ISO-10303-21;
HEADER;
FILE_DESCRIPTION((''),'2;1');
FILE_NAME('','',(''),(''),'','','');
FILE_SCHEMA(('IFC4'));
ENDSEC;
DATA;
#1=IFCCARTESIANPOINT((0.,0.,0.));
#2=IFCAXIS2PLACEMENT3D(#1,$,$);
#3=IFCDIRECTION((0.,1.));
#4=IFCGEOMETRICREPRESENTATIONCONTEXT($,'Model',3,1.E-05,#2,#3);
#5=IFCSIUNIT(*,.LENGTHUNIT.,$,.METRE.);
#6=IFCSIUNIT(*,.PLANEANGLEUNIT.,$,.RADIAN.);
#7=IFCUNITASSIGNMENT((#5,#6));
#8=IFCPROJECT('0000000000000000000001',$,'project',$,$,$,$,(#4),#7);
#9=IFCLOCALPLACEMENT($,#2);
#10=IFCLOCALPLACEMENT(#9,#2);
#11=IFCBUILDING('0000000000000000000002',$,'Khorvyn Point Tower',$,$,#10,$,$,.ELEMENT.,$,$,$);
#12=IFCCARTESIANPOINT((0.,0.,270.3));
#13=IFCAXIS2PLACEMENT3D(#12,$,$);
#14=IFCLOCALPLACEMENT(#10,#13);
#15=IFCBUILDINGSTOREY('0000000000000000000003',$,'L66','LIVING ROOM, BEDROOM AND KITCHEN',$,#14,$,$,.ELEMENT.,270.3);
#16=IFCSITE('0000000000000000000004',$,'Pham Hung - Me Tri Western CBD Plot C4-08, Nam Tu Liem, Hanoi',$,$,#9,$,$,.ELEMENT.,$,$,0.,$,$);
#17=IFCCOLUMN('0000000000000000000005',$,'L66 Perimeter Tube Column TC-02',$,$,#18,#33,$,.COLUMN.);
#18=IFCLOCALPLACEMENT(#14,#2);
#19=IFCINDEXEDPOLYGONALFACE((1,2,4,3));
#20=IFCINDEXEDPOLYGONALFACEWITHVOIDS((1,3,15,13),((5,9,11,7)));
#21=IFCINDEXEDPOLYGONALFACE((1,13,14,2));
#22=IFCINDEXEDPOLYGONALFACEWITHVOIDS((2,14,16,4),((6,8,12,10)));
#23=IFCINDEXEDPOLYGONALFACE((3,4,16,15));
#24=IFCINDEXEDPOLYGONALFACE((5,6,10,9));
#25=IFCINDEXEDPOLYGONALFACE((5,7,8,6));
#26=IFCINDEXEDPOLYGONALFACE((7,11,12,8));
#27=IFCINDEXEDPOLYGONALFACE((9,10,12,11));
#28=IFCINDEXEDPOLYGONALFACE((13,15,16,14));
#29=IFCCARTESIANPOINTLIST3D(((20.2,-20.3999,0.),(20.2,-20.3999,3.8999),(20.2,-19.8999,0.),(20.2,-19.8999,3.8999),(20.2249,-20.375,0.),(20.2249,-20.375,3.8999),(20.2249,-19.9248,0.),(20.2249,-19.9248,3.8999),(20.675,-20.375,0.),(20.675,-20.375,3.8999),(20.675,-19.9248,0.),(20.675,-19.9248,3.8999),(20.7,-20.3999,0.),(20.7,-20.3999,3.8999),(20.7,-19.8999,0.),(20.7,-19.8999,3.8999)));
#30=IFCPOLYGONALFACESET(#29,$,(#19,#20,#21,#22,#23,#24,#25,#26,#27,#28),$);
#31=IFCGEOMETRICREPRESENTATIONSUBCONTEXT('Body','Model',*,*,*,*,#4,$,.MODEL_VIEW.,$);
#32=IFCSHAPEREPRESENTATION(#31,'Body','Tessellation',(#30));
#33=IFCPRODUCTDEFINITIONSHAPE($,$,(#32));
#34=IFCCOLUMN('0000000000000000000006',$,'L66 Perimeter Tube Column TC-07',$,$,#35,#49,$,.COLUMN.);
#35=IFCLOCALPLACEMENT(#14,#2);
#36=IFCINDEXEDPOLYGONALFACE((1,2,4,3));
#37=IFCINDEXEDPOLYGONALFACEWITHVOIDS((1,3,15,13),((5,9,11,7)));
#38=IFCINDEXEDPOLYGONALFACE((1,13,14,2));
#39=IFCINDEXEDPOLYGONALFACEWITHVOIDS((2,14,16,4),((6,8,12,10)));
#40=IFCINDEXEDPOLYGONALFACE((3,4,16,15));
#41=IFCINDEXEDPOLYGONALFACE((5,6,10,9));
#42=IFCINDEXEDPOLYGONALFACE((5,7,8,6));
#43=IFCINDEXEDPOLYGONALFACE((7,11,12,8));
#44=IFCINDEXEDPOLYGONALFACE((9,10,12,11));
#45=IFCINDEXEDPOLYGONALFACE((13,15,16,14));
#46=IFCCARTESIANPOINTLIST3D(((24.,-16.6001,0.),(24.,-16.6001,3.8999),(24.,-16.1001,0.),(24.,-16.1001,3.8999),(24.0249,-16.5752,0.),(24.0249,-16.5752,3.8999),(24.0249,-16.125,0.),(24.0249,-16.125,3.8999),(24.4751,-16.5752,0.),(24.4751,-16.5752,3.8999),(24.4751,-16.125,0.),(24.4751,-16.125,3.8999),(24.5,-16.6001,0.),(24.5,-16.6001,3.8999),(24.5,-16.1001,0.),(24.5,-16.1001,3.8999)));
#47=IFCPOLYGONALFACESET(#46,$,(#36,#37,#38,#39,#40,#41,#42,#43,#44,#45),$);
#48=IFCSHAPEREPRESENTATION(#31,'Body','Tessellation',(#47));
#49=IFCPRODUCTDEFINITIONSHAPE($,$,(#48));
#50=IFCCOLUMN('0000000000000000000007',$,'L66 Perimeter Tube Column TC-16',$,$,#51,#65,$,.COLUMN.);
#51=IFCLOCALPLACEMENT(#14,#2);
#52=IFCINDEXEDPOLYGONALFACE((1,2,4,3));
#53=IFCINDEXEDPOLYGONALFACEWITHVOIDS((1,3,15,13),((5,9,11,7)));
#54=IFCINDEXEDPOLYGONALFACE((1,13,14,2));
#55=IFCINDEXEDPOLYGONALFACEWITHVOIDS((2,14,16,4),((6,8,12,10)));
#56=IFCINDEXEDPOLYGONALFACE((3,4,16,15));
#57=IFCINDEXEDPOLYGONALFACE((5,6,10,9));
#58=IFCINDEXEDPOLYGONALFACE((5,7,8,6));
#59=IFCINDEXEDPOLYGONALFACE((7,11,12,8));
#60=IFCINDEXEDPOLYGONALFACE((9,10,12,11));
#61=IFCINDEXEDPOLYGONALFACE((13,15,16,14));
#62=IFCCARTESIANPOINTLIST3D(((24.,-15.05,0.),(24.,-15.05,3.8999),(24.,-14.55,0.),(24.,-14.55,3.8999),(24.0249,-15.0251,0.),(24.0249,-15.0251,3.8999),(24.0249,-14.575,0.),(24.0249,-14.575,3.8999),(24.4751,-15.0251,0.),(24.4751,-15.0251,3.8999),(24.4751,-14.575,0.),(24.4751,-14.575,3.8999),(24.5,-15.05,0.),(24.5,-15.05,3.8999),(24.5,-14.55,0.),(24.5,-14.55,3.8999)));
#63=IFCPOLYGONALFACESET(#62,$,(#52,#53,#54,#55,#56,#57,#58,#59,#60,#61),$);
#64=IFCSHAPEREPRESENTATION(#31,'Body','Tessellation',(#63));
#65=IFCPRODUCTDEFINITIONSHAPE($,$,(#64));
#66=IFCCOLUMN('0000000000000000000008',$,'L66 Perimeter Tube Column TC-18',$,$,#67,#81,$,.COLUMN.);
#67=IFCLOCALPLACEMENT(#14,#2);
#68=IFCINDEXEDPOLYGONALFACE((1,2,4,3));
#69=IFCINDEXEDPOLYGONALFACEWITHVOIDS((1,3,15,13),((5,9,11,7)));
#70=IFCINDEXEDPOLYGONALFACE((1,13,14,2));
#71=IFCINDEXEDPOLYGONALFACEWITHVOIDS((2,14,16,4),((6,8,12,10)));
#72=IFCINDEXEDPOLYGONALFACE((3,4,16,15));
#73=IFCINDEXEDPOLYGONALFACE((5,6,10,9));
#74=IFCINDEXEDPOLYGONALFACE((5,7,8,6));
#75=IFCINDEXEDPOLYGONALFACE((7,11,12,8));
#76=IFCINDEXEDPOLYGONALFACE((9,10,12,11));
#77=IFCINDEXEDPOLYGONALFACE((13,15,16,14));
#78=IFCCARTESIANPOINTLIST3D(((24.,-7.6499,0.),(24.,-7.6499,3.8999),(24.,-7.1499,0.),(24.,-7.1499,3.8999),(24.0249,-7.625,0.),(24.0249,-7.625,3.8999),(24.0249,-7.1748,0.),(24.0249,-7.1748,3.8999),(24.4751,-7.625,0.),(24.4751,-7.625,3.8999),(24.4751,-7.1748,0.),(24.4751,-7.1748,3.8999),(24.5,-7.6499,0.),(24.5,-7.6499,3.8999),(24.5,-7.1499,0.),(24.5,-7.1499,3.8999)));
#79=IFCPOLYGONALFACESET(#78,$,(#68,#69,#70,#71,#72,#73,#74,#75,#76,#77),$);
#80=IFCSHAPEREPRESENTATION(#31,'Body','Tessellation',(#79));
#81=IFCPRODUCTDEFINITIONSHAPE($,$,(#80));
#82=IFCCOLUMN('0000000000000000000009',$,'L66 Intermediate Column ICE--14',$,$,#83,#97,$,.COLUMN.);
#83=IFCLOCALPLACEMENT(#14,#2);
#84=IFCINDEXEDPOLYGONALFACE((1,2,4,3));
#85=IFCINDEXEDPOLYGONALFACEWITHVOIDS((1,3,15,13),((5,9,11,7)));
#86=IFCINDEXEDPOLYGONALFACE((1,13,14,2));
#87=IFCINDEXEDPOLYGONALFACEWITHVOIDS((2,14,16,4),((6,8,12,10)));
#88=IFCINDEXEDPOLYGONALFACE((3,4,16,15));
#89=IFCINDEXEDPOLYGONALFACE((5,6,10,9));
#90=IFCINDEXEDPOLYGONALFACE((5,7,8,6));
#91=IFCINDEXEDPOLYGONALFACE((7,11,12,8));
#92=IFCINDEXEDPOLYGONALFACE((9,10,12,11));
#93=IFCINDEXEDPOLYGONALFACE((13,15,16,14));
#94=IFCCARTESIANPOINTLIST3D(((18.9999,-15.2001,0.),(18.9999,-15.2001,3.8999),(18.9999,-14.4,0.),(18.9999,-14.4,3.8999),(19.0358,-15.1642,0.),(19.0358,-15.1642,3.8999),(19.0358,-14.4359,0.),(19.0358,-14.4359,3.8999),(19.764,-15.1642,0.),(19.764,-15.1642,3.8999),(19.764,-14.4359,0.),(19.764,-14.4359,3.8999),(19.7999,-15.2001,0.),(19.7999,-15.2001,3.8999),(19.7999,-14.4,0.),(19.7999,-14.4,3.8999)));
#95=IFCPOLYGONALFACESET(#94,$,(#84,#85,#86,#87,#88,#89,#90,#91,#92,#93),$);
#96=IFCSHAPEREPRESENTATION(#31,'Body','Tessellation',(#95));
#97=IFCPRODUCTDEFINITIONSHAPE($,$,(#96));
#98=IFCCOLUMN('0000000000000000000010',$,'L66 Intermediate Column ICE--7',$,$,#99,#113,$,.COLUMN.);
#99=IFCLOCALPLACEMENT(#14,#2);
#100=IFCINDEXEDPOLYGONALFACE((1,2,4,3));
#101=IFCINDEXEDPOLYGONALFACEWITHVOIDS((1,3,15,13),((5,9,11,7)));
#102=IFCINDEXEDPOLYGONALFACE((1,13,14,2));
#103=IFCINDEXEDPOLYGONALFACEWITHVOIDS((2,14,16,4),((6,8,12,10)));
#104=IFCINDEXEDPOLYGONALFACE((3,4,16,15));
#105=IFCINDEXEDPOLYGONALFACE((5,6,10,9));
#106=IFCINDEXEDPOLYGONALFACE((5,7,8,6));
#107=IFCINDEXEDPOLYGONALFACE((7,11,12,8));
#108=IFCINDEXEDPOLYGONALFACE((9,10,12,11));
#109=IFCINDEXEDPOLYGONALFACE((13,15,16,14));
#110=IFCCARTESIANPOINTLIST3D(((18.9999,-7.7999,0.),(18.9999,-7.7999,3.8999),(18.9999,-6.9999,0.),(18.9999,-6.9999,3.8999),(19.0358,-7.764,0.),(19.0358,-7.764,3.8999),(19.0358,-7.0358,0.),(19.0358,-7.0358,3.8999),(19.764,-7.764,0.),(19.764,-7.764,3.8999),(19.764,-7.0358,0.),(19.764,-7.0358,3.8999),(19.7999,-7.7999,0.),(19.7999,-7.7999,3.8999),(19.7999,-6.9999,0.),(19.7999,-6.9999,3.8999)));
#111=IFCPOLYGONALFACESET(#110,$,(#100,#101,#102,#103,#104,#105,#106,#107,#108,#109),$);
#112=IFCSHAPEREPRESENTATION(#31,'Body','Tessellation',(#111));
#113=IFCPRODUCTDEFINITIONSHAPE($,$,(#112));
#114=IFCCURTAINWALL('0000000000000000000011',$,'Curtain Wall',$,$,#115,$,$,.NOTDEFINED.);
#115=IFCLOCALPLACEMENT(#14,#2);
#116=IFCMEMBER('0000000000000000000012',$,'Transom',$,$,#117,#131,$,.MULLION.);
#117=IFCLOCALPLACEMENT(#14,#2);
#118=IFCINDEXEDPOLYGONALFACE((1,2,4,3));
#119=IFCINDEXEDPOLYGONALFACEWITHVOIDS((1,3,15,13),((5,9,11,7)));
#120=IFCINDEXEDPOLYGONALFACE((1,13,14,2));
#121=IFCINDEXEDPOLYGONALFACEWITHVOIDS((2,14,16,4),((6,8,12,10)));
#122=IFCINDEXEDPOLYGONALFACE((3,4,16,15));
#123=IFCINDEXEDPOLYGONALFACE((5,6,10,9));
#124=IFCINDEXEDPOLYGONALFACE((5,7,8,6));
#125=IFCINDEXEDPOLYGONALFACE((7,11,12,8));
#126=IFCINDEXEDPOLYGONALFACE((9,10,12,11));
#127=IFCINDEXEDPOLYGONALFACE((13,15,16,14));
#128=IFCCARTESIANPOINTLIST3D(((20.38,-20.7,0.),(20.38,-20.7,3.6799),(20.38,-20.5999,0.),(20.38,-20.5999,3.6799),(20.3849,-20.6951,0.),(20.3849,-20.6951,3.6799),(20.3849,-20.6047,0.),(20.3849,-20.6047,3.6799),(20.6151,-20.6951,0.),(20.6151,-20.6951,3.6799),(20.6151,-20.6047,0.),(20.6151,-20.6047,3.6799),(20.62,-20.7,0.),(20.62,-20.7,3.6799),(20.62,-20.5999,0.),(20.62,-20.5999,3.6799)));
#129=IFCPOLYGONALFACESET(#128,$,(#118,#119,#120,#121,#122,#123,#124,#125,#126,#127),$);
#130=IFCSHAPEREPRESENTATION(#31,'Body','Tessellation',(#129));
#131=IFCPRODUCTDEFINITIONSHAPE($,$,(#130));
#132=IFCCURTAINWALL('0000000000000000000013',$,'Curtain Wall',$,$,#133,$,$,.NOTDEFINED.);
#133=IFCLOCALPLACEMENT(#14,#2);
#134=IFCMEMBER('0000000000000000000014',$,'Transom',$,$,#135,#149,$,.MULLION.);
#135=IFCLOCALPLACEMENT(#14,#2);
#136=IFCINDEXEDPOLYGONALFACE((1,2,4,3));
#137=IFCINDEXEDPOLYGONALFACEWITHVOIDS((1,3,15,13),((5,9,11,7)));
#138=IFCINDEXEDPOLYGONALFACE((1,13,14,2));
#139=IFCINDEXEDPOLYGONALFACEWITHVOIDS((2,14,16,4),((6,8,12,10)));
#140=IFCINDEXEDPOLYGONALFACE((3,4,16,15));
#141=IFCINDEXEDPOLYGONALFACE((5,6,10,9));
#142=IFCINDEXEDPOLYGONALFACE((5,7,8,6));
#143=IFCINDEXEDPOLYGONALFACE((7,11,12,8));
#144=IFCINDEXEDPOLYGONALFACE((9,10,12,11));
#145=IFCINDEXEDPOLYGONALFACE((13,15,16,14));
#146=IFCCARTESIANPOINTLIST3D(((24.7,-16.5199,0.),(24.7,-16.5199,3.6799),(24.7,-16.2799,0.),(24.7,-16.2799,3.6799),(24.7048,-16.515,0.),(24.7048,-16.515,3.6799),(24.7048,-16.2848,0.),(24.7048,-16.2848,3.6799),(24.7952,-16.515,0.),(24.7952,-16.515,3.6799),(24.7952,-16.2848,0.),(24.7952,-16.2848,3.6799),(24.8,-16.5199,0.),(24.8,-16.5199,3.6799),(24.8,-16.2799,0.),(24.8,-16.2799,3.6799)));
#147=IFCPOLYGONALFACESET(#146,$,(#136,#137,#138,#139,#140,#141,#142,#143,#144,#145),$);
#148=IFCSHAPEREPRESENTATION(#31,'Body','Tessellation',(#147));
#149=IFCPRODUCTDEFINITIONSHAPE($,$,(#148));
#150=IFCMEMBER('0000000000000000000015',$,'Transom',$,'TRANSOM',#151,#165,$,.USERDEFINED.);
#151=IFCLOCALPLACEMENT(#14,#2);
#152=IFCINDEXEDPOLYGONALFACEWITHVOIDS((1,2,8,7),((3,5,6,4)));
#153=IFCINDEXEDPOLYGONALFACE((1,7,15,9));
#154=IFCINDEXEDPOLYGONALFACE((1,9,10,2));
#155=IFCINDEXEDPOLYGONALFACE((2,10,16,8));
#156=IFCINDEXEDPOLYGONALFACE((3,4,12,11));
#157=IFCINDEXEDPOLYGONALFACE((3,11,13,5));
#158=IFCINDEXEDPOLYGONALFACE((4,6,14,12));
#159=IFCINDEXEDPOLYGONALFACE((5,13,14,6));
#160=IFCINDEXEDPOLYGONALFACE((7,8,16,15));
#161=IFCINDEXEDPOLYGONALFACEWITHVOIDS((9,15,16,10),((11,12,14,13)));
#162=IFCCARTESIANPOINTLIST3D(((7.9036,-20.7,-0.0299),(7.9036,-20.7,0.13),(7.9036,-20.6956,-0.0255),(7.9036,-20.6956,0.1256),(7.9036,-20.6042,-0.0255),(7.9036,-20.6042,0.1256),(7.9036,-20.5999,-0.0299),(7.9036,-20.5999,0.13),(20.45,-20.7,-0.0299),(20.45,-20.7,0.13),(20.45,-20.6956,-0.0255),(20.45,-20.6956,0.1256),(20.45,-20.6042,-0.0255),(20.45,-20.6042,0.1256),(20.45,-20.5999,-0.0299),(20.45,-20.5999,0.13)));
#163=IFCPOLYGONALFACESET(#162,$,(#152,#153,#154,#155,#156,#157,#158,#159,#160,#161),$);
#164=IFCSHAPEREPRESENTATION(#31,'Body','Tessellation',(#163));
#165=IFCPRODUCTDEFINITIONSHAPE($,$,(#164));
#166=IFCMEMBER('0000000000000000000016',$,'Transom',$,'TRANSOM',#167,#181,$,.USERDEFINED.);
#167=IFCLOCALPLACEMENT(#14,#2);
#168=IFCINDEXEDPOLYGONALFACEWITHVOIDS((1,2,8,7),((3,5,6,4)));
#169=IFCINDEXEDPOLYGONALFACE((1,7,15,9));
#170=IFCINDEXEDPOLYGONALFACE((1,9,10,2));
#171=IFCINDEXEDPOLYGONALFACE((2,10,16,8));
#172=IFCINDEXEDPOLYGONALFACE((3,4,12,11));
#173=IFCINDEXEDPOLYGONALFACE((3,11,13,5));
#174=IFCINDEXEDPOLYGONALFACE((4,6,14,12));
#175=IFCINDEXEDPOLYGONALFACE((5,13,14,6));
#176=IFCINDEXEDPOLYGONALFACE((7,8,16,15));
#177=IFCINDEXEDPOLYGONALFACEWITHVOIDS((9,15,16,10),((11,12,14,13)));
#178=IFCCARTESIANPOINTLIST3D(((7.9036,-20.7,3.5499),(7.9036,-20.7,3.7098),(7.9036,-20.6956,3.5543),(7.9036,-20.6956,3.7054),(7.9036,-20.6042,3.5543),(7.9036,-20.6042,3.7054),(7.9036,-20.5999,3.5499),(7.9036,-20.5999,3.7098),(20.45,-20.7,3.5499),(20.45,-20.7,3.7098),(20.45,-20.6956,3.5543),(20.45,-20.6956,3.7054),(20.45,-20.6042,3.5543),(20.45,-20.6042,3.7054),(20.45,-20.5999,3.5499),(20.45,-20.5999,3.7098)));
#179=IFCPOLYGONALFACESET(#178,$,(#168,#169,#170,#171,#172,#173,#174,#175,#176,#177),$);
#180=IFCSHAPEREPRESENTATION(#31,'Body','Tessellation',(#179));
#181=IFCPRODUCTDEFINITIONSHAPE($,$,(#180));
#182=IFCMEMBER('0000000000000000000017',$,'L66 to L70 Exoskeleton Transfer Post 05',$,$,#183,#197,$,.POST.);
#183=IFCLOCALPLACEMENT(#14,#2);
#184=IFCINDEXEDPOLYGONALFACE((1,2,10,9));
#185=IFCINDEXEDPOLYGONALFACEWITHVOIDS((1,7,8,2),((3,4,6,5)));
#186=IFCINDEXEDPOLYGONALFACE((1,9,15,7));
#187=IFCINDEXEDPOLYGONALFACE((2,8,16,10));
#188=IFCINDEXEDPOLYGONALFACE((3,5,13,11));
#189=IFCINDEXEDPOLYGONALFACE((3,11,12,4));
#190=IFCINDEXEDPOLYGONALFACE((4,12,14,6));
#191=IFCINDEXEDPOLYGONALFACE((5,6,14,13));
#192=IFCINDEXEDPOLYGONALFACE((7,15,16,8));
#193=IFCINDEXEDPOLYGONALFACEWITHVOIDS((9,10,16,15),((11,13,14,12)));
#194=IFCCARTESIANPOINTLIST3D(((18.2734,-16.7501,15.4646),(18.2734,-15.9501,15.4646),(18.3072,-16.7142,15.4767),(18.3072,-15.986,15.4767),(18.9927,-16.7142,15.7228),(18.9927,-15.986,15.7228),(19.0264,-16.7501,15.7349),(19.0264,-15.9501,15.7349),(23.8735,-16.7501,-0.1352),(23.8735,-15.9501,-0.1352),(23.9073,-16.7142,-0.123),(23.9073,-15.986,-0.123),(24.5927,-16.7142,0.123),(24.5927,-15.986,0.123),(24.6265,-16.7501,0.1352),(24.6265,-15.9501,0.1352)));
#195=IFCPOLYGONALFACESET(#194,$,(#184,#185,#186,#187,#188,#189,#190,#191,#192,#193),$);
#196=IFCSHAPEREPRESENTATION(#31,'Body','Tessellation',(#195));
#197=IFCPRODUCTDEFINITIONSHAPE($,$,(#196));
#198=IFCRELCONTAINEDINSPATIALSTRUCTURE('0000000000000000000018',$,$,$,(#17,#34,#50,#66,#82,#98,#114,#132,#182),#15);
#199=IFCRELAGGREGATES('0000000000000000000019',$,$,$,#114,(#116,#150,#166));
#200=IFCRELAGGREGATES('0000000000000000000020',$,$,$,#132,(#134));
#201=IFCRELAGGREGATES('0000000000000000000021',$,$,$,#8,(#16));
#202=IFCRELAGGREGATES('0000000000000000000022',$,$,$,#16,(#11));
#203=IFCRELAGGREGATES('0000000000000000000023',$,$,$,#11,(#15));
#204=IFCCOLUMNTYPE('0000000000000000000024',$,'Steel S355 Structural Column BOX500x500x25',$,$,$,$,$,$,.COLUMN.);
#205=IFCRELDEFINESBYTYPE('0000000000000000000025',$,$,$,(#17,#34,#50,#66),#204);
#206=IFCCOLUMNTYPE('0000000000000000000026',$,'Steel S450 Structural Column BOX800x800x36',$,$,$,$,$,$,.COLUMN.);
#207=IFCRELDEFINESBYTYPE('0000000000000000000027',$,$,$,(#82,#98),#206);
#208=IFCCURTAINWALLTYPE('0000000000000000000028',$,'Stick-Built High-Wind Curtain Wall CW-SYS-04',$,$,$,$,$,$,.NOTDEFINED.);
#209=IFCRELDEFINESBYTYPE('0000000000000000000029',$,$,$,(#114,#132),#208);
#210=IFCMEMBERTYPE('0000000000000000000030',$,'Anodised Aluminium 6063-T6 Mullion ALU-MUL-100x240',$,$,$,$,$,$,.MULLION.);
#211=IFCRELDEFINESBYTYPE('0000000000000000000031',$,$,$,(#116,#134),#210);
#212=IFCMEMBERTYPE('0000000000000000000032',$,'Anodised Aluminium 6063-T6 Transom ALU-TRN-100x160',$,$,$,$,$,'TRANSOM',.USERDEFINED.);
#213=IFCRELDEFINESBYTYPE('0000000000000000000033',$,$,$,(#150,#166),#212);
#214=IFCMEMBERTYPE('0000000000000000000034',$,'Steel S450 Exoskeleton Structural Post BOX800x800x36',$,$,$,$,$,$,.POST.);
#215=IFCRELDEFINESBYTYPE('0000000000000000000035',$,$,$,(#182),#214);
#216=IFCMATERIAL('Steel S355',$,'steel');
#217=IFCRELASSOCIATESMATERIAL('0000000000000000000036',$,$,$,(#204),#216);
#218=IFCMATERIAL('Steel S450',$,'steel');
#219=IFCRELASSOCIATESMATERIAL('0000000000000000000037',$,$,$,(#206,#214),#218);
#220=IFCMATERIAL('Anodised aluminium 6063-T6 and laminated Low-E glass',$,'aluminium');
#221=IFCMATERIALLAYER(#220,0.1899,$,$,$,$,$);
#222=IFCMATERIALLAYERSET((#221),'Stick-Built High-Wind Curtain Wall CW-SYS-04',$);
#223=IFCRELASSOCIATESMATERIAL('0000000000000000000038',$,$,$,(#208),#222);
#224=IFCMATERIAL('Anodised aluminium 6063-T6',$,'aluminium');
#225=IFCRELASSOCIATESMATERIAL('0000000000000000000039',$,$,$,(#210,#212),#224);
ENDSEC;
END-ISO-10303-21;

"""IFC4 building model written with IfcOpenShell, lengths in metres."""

from ifc_helpers import new_model, si_unit, direction, frame, origin, origin_2d, place, context, subcontext, project, spatial, hollow_rectangle, extrude, material, layer, layer_set, material_profile, profile_set, type_object, element, aggregate, save


model = new_model("IFC4")

# Units and contexts
model_context = context("Model", 3, precision=1e-05, world=origin(), true_north=direction((0.0, 1.0)))
body_context = subcontext(model_context, "Body", "Model", "MODEL_VIEW")
ifc_project = project(units=[si_unit("LENGTHUNIT", "METRE"), si_unit("PLANEANGLEUNIT", "RADIAN")], contexts=[model_context])

# Site, building, storey
site_placement = place(None, origin())
site = spatial("IfcSite", under=ifc_project, at=site_placement, Name="Pham Hung - Me Tri Western CBD Plot C4-08, Nam Tu Liem, Hanoi", CompositionType="ELEMENT", RefElevation=0.0)
building_placement = place(site_placement, origin())
building = spatial("IfcBuilding", under=site, at=building_placement, Name="Khorvyn Point Tower", CompositionType="ELEMENT")
storey_placement = place(building_placement, frame((0.0, 0.0, 270.3)))
storey = spatial("IfcBuildingStorey", under=building, at=storey_placement, Name="L66", Description="LIVING ROOM, BEDROOM AND KITCHEN", CompositionType="ELEMENT", Elevation=270.3)

# Columns
ifc_material_1 = material(Name="Steel S355", Category="steel")
ifc_material_profile_1 = material_profile(ifc_material_1, hollow_rectangle(XDim=0.5, YDim=0.5, WallThickness=0.0249, at=origin_2d()))
ifc_profile_set_1 = profile_set([ifc_material_profile_1], Name="Steel S355 BOX500x500x25")
column_type_1 = type_object("IfcColumnType", Name="Steel S355 Structural Column BOX500x500x25", PredefinedType="COLUMN", material=ifc_profile_set_1)
for number, where, z_axis, x_axis, name in (
    (1, (20.45, -20.1499, 0.0), (0.0, 0.0, 1.0), (1.0, 0.0, 0.0), "L66 Perimeter Tube Column TC-02"),
    (2, (24.25, -16.3501, 0.0), (0.0, 0.0, 1.0), (1.0, 0.0, 0.0), "L66 Perimeter Tube Column TC-07"),
    (3, (24.25, -14.8, 0.0), (0.0, 0.0, 1.0), (1.0, 0.0, 0.0), "L66 Perimeter Tube Column TC-16"),
    (4, (24.25, -7.3999, 0.0), (0.0, 0.0, 1.0), (1.0, 0.0, 0.0), "L66 Perimeter Tube Column TC-18"),
):
    element("IfcColumn", number, at=place(storey_placement, frame(where, z_axis=z_axis, x_axis=x_axis)), inside=storey, type_object=column_type_1, Name=name, PredefinedType="COLUMN", context=body_context, shape_type="SweptSolid", body=[
        extrude(hollow_rectangle(XDim=0.5, YDim=0.5, WallThickness=0.0249, at=origin_2d()), origin(), (0.0, 0.0, 1.0), 3.8999),
    ])
ifc_material_2 = material(Name="Steel S450", Category="steel")
ifc_material_profile_2 = material_profile(ifc_material_2, hollow_rectangle(XDim=0.8, YDim=0.8, WallThickness=0.0359, at=origin_2d()))
ifc_profile_set_2 = profile_set([ifc_material_profile_2], Name="Steel S450 BOX800x800x36")
column_type_2 = type_object("IfcColumnType", Name="Steel S450 Structural Column BOX800x800x36", PredefinedType="COLUMN", material=ifc_profile_set_2)
for number, where, z_axis, x_axis, name in (
    (5, (19.3999, -14.8, 0.0), (0.0, 0.0, 1.0), (1.0, 0.0, 0.0), "L66 Intermediate Column ICE--14"),
    (6, (19.3999, -7.3999, 0.0), (0.0, 0.0, 1.0), (1.0, 0.0, 0.0), "L66 Intermediate Column ICE--7"),
):
    element("IfcColumn", number, at=place(storey_placement, frame(where, z_axis=z_axis, x_axis=x_axis)), inside=storey, type_object=column_type_2, Name=name, PredefinedType="COLUMN", context=body_context, shape_type="SweptSolid", body=[
        extrude(hollow_rectangle(XDim=0.8, YDim=0.8, WallThickness=0.0359, at=origin_2d()), origin(), (0.0, 0.0, 1.0), 3.8999),
    ])

# Curtain walls, members
ifc_material_3 = material(Name="Anodised aluminium 6063-T6 and laminated Low-E glass", Category="aluminium")
ifc_layer_1 = layer(ifc_material_3, 0.1899)
ifc_layer_set_1 = layer_set([ifc_layer_1], Name="Stick-Built High-Wind Curtain Wall CW-SYS-04")
curtain_wall_type = type_object("IfcCurtainWallType", Name="Stick-Built High-Wind Curtain Wall CW-SYS-04", PredefinedType="NOTDEFINED", material=ifc_layer_set_1)
curtain_wall_1_placement = place(storey_placement, origin())
curtain_wall_1 = element("IfcCurtainWall", 7, at=curtain_wall_1_placement, inside=storey, type_object=curtain_wall_type, Name="Curtain Wall", PredefinedType="NOTDEFINED")
ifc_material_4 = material(Name="Anodised aluminium 6063-T6", Category="aluminium")
ifc_material_profile_3 = material_profile(ifc_material_4, hollow_rectangle(XDim=0.1001, YDim=0.24, WallThickness=0.0049, at=origin_2d()))
ifc_profile_set_3 = profile_set([ifc_material_profile_3], Name="Anodised aluminium 6063-T6 ALU-MUL-100x240")
member_type_1 = type_object("IfcMemberType", Name="Anodised Aluminium 6063-T6 Mullion ALU-MUL-100x240", PredefinedType="MULLION", material=ifc_profile_set_3)
member_1_placement = place(storey_placement, frame((20.5, -20.6499, 0.0), z_axis=(0.0, 0.0, 1.0), x_axis=(0.0, -1.0, 0.0)))
member_1 = element("IfcMember", 8, at=member_1_placement, type_object=member_type_1, Name="Transom", PredefinedType="MULLION", context=body_context, shape_type="SweptSolid", body=[
    extrude(hollow_rectangle(XDim=0.1001, YDim=0.24, WallThickness=0.0049, at=origin_2d()), origin(), (0.0, 0.0, 1.0), 3.6799),
])
curtain_wall_2_placement = place(storey_placement, origin())
curtain_wall_2 = element("IfcCurtainWall", 9, at=curtain_wall_2_placement, inside=storey, type_object=curtain_wall_type, Name="Curtain Wall", PredefinedType="NOTDEFINED")
member_2_placement = place(storey_placement, frame((24.75, -16.3999, 0.0), z_axis=(0.0, 0.0, 1.0), x_axis=(1.0, 0.0, 0.0)))
member_2 = element("IfcMember", 10, at=member_2_placement, type_object=member_type_1, Name="Transom", PredefinedType="MULLION", context=body_context, shape_type="SweptSolid", body=[
    extrude(hollow_rectangle(XDim=0.1001, YDim=0.24, WallThickness=0.0049, at=origin_2d()), origin(), (0.0, 0.0, 1.0), 3.6799),
])

# Members
ifc_material_profile_4 = material_profile(ifc_material_4, hollow_rectangle(XDim=0.1001, YDim=0.1599, WallThickness=0.0044, at=origin_2d()))
ifc_profile_set_4 = profile_set([ifc_material_profile_4], Name="Anodised aluminium 6063-T6 ALU-TRN-100x160")
member_type_2 = type_object("IfcMemberType", Name="Anodised Aluminium 6063-T6 Transom ALU-TRN-100x160", ElementType="TRANSOM", PredefinedType="USERDEFINED", material=ifc_profile_set_4)
member_3_placement = place(storey_placement, frame((20.45, -20.6499, 0.05), z_axis=(-1.0, 0.0, 0.0), x_axis=(0.0, -1.0, 0.0)))
member_3 = element("IfcMember", 11, at=member_3_placement, type_object=member_type_2, Name="Transom", ObjectType="TRANSOM", PredefinedType="USERDEFINED", context=body_context, shape_type="SweptSolid", body=[
    extrude(hollow_rectangle(XDim=0.1001, YDim=0.1599, WallThickness=0.0044, at=origin_2d()), origin(), (0.0, 0.0, 1.0), 12.5464),
])
member_4_placement = place(storey_placement, frame((20.45, -20.6499, 3.6299), z_axis=(-1.0, 0.0, 0.0), x_axis=(0.0, -1.0, 0.0)))
member_4 = element("IfcMember", 12, at=member_4_placement, type_object=member_type_2, Name="Transom", ObjectType="TRANSOM", PredefinedType="USERDEFINED", context=body_context, shape_type="SweptSolid", body=[
    extrude(hollow_rectangle(XDim=0.1001, YDim=0.1599, WallThickness=0.0044, at=origin_2d()), origin(), (0.0, 0.0, 1.0), 12.5464),
])

# Member
ifc_material_profile_5 = material_profile(ifc_material_2, hollow_rectangle(XDim=0.8, YDim=0.8, WallThickness=0.0359, at=origin_2d()))
ifc_profile_set_5 = profile_set([ifc_material_profile_5], Name="Steel S450 BOX800x800x36")
member_type_3 = type_object("IfcMemberType", Name="Steel S450 Exoskeleton Structural Post BOX800x800x36", PredefinedType="POST", material=ifc_profile_set_5)
member_5_placement = place(storey_placement, frame((24.25, -16.3501, 0.0), z_axis=(-0.337873, 0.0, 0.941192), x_axis=(0.0, -1.0, 0.0)))
element("IfcMember", 13, at=member_5_placement, inside=storey, type_object=member_type_3, Name="L66 to L70 Exoskeleton Transfer Post 05", PredefinedType="POST", context=body_context, shape_type="SweptSolid", body=[
    extrude(hollow_rectangle(XDim=0.8, YDim=0.8, WallThickness=0.0359, at=origin_2d()), origin(), (0.0, 0.0, 1.0), 16.5745),
])

aggregate(curtain_wall_1, [member_1, member_3, member_4])
aggregate(curtain_wall_2, [member_2])

save(model, "model.ifc")
